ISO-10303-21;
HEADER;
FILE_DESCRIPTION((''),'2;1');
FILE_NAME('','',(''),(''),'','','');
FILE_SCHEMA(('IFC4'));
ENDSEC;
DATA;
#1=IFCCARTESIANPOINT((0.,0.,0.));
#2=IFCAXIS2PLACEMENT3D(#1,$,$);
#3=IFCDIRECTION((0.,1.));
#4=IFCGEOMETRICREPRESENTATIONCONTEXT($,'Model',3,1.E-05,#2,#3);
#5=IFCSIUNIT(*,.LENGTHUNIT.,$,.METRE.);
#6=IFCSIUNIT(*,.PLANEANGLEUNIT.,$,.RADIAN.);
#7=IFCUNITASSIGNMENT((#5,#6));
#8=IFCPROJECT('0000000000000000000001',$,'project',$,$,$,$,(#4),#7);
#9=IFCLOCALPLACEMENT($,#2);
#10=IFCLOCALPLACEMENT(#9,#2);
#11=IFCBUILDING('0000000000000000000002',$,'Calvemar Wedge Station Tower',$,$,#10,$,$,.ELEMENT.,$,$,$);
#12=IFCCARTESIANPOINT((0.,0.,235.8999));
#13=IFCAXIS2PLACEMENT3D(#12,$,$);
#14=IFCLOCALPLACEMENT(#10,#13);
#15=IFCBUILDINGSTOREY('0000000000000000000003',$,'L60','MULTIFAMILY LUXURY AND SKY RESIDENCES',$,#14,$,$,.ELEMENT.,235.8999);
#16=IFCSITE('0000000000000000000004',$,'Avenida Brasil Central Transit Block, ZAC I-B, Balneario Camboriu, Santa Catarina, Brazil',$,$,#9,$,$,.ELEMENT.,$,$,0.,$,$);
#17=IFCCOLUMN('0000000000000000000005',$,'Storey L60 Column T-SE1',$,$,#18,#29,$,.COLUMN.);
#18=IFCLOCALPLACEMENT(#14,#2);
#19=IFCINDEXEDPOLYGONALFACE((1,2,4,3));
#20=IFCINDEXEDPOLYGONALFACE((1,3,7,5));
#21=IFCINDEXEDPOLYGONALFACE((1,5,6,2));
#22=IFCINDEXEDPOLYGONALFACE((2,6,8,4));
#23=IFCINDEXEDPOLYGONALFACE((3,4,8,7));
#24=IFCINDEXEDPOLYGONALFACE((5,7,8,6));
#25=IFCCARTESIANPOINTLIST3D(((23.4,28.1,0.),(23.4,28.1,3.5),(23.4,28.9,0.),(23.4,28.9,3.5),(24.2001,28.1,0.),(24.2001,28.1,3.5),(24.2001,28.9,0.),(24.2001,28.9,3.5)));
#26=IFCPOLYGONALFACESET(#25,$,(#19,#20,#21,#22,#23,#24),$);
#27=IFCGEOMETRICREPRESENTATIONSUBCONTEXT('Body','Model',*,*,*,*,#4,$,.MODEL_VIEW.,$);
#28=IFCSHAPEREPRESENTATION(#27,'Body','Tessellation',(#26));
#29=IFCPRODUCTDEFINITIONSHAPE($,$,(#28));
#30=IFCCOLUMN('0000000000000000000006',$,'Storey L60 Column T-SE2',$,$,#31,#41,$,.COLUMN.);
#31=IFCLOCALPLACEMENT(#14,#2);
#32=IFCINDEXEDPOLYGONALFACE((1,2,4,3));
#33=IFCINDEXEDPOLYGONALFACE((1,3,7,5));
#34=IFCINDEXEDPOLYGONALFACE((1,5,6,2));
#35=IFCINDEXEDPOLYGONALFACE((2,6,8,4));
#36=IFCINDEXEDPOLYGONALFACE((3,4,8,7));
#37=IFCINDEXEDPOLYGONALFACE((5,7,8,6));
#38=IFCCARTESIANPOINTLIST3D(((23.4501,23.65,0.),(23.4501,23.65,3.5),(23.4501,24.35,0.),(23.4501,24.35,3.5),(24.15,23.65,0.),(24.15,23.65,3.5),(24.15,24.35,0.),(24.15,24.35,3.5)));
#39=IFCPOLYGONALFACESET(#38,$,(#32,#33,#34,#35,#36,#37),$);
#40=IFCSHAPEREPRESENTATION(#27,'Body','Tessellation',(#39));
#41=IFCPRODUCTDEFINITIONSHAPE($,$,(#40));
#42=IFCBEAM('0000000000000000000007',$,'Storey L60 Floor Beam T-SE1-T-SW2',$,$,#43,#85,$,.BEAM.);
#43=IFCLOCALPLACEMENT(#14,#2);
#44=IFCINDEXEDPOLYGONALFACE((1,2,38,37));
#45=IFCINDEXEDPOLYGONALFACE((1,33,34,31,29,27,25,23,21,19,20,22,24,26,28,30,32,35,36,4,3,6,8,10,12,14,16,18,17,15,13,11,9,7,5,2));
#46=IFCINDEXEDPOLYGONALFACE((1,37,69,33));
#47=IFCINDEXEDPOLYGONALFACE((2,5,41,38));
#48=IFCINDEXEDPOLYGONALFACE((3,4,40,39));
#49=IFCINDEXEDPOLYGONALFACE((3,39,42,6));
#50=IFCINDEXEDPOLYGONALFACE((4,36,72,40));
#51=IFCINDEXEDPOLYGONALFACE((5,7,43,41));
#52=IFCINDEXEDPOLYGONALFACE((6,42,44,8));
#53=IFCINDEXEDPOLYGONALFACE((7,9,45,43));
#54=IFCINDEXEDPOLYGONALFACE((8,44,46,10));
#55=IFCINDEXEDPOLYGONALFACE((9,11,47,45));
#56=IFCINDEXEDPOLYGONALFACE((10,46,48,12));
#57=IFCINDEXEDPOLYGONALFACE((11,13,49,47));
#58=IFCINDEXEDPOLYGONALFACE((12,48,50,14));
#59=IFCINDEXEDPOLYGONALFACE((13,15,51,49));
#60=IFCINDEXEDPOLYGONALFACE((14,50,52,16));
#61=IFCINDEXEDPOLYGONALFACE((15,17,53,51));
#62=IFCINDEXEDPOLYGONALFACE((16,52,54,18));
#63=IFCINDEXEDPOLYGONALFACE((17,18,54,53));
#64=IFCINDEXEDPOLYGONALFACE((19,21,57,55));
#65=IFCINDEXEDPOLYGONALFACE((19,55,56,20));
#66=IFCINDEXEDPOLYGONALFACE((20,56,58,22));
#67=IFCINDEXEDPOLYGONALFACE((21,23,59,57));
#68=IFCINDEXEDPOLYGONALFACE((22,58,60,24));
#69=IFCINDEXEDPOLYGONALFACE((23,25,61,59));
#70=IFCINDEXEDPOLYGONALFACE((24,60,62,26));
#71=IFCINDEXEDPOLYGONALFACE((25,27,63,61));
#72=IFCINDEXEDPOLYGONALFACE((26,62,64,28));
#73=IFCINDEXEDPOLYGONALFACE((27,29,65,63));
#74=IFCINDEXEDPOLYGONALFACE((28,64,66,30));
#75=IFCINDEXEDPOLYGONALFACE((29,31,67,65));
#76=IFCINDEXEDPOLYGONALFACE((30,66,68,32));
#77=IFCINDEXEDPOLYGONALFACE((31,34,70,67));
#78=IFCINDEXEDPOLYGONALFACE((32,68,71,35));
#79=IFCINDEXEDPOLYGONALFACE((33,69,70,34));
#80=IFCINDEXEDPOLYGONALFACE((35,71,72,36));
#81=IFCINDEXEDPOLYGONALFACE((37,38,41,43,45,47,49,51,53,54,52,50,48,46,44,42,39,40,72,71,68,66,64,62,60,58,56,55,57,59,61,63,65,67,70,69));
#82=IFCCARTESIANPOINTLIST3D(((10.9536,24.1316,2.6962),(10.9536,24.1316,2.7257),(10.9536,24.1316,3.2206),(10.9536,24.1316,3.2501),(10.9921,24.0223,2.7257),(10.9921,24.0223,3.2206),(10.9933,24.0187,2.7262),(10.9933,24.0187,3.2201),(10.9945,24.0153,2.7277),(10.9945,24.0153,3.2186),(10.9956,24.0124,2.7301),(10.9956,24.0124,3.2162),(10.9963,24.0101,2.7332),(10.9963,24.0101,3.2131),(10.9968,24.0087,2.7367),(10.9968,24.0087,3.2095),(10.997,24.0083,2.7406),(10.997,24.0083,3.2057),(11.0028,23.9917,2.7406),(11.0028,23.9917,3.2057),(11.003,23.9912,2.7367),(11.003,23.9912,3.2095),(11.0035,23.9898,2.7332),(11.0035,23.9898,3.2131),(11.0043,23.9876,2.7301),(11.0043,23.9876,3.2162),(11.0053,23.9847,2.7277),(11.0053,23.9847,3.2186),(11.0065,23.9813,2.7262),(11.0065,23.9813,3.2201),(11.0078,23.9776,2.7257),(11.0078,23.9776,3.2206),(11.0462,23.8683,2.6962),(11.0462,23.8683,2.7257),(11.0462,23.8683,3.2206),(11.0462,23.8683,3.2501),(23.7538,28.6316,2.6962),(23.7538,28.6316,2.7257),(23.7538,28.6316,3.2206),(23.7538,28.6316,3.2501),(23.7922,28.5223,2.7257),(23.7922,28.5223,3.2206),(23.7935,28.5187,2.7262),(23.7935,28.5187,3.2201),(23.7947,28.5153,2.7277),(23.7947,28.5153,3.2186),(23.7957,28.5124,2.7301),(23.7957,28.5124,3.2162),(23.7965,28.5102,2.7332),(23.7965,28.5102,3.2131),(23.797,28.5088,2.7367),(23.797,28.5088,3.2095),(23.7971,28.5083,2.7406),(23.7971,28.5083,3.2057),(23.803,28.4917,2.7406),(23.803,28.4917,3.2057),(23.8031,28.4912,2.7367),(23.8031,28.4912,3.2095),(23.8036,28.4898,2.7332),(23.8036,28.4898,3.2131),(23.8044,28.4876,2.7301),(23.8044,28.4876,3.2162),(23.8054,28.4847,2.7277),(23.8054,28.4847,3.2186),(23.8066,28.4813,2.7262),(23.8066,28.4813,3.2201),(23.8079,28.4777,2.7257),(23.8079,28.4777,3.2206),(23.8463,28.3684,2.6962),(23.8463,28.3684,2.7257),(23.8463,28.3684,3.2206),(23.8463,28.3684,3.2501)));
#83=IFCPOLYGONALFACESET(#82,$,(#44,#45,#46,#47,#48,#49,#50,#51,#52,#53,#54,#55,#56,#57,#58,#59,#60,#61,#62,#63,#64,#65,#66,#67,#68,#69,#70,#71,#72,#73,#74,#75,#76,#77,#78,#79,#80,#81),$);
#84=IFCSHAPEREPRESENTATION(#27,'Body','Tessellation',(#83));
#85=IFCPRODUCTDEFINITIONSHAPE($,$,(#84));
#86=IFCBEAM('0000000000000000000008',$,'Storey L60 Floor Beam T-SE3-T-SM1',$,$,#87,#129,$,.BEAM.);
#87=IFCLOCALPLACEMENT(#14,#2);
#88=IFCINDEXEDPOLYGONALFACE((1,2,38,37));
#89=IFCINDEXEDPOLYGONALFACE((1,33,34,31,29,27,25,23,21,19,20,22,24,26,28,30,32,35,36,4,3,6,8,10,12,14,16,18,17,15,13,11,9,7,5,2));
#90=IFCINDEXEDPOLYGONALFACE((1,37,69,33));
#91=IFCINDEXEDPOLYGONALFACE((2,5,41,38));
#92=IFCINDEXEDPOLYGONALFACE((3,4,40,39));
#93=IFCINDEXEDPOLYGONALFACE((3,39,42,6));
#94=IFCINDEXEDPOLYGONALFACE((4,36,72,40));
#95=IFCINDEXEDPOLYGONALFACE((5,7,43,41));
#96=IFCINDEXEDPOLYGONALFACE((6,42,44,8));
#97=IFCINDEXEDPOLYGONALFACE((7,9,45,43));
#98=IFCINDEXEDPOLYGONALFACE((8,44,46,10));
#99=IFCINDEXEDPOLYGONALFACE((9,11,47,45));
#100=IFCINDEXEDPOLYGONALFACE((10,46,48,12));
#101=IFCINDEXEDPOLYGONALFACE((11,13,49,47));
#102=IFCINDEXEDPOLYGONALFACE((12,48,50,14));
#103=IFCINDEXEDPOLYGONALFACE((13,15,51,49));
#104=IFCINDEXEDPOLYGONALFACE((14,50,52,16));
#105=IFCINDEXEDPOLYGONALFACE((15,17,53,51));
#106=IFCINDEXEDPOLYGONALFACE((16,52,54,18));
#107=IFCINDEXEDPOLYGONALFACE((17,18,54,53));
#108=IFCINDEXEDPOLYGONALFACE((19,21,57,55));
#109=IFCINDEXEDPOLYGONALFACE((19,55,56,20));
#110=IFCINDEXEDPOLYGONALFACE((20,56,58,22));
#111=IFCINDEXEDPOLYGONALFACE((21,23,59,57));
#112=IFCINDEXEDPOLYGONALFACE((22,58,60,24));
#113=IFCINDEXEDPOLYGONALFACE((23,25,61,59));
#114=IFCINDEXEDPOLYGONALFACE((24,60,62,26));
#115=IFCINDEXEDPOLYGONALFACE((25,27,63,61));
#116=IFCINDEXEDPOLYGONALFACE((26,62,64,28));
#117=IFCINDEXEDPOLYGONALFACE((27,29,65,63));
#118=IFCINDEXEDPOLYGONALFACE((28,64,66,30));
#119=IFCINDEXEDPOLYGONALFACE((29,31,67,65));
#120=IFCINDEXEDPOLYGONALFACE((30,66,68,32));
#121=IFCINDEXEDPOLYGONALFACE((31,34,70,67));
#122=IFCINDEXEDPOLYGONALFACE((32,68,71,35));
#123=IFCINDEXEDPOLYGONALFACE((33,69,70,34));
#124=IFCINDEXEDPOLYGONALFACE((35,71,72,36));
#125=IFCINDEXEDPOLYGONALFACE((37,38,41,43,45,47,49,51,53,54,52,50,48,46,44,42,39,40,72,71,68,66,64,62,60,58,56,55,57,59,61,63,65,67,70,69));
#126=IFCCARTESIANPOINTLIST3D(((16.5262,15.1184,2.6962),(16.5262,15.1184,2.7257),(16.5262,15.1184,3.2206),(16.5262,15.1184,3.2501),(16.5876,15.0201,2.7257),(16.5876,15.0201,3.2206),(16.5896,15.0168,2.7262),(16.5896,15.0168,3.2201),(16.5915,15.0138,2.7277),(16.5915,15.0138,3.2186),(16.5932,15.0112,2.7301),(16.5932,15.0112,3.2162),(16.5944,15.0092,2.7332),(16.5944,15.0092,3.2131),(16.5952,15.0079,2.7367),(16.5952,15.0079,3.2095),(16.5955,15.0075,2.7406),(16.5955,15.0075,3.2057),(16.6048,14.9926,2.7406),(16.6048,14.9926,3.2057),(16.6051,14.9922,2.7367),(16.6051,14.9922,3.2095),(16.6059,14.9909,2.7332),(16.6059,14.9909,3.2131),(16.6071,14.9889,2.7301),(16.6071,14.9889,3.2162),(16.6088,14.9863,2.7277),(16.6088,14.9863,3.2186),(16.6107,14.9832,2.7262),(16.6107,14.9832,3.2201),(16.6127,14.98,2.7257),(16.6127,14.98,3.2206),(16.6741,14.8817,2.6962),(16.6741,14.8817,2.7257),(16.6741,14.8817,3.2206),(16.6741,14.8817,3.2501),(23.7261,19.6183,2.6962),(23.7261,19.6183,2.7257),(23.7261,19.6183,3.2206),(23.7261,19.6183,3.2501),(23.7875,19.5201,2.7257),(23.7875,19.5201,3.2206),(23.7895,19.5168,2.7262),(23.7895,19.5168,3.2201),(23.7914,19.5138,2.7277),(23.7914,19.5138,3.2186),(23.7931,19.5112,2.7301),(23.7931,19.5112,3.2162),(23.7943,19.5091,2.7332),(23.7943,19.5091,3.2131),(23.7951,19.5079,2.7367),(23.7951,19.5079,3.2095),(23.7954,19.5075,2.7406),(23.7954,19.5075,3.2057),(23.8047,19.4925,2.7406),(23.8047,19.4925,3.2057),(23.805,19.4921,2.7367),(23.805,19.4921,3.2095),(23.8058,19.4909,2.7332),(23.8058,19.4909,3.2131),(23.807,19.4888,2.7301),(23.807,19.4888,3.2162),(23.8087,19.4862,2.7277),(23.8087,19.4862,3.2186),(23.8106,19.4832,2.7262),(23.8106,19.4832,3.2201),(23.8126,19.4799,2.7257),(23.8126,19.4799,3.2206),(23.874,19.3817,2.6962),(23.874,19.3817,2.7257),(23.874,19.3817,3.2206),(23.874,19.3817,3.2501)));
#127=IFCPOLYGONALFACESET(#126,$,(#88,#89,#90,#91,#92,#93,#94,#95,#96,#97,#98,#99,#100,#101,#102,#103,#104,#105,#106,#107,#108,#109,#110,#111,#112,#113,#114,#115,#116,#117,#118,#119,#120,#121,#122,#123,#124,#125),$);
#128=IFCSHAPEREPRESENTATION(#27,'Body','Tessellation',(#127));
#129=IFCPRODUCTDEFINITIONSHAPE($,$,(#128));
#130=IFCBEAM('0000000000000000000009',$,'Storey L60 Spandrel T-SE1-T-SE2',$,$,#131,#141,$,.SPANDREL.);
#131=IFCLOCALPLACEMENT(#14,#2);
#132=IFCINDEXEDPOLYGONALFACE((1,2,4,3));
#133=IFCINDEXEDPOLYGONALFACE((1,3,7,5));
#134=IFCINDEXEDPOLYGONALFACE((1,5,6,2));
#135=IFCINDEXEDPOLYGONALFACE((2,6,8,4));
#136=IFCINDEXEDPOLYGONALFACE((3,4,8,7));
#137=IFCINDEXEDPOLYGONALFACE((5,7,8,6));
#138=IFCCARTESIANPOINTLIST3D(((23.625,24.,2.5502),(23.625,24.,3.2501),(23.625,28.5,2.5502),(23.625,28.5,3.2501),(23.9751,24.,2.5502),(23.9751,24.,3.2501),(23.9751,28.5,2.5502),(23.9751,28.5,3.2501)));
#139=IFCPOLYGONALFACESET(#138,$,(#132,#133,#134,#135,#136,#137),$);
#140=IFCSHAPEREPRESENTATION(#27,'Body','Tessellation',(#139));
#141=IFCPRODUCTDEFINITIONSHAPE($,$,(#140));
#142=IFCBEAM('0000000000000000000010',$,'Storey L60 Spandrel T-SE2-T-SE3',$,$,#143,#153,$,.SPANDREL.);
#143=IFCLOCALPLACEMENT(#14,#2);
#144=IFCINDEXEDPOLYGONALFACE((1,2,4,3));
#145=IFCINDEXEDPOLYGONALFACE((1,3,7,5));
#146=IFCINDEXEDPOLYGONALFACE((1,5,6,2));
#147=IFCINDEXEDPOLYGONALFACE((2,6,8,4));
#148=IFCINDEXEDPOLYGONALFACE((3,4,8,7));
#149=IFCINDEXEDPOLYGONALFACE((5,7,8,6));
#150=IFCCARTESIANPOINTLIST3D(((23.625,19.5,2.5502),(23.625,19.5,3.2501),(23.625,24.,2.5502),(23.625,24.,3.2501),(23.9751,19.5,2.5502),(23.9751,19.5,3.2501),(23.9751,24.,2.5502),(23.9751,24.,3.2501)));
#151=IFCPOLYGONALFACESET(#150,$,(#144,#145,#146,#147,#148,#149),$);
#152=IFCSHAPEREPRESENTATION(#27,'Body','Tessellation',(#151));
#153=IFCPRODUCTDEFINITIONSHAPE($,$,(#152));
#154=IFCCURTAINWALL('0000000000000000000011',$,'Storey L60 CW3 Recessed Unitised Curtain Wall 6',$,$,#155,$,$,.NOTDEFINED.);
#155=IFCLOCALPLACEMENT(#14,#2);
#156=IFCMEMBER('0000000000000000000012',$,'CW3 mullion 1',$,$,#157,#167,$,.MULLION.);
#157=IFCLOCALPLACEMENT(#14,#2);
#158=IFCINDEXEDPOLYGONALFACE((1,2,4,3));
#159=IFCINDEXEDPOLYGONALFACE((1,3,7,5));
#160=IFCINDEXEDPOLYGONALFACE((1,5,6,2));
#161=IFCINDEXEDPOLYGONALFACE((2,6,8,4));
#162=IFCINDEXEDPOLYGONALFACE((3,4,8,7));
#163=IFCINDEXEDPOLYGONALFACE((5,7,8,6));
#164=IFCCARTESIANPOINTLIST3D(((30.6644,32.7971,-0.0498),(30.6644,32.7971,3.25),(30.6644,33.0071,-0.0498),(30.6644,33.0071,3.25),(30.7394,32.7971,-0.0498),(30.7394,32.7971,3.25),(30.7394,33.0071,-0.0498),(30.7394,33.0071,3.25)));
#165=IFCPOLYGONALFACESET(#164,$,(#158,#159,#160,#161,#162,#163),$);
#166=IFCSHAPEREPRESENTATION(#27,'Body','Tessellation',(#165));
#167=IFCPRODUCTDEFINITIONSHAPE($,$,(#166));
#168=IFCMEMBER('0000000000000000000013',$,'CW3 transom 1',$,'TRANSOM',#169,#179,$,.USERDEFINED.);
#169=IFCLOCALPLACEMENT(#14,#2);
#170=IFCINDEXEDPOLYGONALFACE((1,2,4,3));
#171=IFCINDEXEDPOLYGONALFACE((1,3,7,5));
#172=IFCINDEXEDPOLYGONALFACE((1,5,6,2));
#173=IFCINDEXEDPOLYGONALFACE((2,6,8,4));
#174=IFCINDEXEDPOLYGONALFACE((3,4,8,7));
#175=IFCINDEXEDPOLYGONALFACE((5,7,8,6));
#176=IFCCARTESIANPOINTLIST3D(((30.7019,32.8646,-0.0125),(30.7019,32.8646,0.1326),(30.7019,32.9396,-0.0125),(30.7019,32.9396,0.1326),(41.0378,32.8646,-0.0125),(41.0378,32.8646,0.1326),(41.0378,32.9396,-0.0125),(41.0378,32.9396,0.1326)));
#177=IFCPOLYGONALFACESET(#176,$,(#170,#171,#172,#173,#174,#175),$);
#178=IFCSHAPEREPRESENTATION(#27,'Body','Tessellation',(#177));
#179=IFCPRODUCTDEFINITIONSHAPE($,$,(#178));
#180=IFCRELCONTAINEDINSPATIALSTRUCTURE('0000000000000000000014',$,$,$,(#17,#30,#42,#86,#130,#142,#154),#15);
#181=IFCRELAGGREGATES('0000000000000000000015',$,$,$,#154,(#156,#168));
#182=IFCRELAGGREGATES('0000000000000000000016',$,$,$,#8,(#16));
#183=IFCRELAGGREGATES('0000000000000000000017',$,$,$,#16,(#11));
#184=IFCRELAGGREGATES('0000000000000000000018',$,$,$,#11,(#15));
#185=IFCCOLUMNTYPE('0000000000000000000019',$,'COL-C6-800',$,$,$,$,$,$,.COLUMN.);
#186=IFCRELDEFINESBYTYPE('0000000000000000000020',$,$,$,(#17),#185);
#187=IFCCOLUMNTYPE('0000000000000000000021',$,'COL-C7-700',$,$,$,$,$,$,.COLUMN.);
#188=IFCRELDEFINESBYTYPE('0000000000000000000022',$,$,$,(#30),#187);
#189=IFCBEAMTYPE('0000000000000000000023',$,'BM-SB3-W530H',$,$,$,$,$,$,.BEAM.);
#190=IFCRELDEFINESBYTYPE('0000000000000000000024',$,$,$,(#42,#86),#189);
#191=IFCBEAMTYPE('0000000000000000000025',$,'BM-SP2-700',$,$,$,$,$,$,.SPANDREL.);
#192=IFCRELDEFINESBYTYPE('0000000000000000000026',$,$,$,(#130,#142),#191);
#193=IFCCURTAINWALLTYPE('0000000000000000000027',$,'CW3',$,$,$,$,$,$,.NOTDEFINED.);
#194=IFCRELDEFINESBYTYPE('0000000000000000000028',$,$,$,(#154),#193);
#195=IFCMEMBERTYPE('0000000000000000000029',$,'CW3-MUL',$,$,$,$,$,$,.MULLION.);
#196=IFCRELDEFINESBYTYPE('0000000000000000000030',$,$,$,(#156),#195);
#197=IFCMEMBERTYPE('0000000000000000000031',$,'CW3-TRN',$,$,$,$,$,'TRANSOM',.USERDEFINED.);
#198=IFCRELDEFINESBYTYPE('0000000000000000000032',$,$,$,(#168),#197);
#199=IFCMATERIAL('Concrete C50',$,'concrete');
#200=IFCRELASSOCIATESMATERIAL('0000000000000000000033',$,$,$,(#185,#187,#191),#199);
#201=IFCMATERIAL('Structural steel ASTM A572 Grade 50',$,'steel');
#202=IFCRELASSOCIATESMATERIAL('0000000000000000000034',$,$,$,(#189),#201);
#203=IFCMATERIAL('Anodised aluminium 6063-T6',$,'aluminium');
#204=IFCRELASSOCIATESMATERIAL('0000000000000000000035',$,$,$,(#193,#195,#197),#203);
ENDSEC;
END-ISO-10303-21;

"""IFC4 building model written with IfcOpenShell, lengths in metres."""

from ifc_helpers import new_model, si_unit, direction, frame, origin, origin_2d, place, context, subcontext, project, spatial, rectangle, i_section, extrude, source, transform, mapped, material, material_profile, profile_set, type_object, element, aggregate, save


model = new_model("IFC4")

# Units and contexts
model_context = context("Model", 3, precision=1e-05, world=origin(), true_north=direction((0.0, 1.0)))
body_context = subcontext(model_context, "Body", "Model", "MODEL_VIEW")
ifc_project = project(units=[si_unit("LENGTHUNIT", "METRE"), si_unit("PLANEANGLEUNIT", "RADIAN")], contexts=[model_context])

# Site, building, storey
site_placement = place(None, origin())
site = spatial("IfcSite", under=ifc_project, at=site_placement, Name="Avenida Brasil Central Transit Block, ZAC I-B, Balneario Camboriu, Santa Catarina, Brazil", CompositionType="ELEMENT", RefElevation=0.0)
building_placement = place(site_placement, origin())
building = spatial("IfcBuilding", under=site, at=building_placement, Name="Calvemar Wedge Station Tower", CompositionType="ELEMENT")
storey_placement = place(building_placement, frame((0.0, 0.0, 235.8999)))
storey = spatial("IfcBuildingStorey", under=building, at=storey_placement, Name="L60", Description="MULTIFAMILY LUXURY AND SKY RESIDENCES", CompositionType="ELEMENT", Elevation=235.8999)

# Columns
ifc_material_1 = material(Name="Concrete C50", Category="concrete")
ifc_material_profile_1 = material_profile(ifc_material_1, rectangle(XDim=0.8, YDim=0.8, at=origin_2d()), Name="RC800x800")
ifc_profile_set_1 = profile_set([ifc_material_profile_1], Name="Concrete C50")
column_type_1 = type_object("IfcColumnType", Name="COL-C6-800", PredefinedType="COLUMN", material=ifc_profile_set_1)
shared_shape_1 = source(origin(), body_context, "Body", "SweptSolid", [
    extrude(rectangle(XDim=0.8, YDim=0.8, at=origin_2d()), origin(), (0.0, 0.0, 1.0), 3.5),
])
column_1_placement = place(storey_placement, frame((23.8, 28.5, 0.0), z_axis=(0.0, 0.0, 1.0), x_axis=(1.0, 0.0, 0.0)))
element("IfcColumn", 1, at=column_1_placement, inside=storey, type_object=column_type_1, Name="Storey L60 Column T-SE1", PredefinedType="COLUMN", context=body_context, shape_type="MappedRepresentation", body=[
    mapped(shared_shape_1, transform((0.0, 0.0, 0.0), scale=1.0)),
])
ifc_material_profile_2 = material_profile(ifc_material_1, rectangle(XDim=0.7, YDim=0.7, at=origin_2d()), Name="RC700x700")
ifc_profile_set_2 = profile_set([ifc_material_profile_2], Name="Concrete C50")
column_type_2 = type_object("IfcColumnType", Name="COL-C7-700", PredefinedType="COLUMN", material=ifc_profile_set_2)
shared_shape_2 = source(origin(), body_context, "Body", "SweptSolid", [
    extrude(rectangle(XDim=0.7, YDim=0.7, at=origin_2d()), origin(), (0.0, 0.0, 1.0), 3.5),
])
column_2_placement = place(storey_placement, frame((23.8, 24.0, 0.0), z_axis=(0.0, 0.0, 1.0), x_axis=(1.0, 0.0, 0.0)))
element("IfcColumn", 2, at=column_2_placement, inside=storey, type_object=column_type_2, Name="Storey L60 Column T-SE2", PredefinedType="COLUMN", context=body_context, shape_type="MappedRepresentation", body=[
    mapped(shared_shape_2, transform((0.0, 0.0, 0.0), scale=1.0)),
])

# Beams
ifc_material_2 = material(Name="Structural steel ASTM A572 Grade 50", Category="steel")
ifc_material_profile_3 = material_profile(ifc_material_2, i_section(OverallWidth=0.2791, OverallDepth=0.554, WebThickness=0.0176, FlangeThickness=0.0295, FilletRadius=0.0149, at=origin_2d()), Name="W530x196")
ifc_profile_set_3 = profile_set([ifc_material_profile_3], Name="Structural steel ASTM A572 Grade 50")
beam_type_1 = type_object("IfcBeamType", Name="BM-SB3-W530H", PredefinedType="BEAM", material=ifc_profile_set_3)
shared_shape_3 = source(origin(), body_context, "Body", "SweptSolid", [
    extrude(i_section(OverallWidth=0.2791, OverallDepth=0.554, WebThickness=0.0176, FlangeThickness=0.0295, FilletRadius=0.0149, at=origin_2d()), origin(), (0.0, 0.0, 1.0), 13.5681),
])
beam_1_placement = place(storey_placement, frame((23.8, 28.5, 2.9731), z_axis=(-0.943398, -0.331662, 0.0), x_axis=(0.331662, -0.943398, 0.0)))
element("IfcBeam", 3, at=beam_1_placement, inside=storey, type_object=beam_type_1, Name="Storey L60 Floor Beam T-SE1-T-SW2", PredefinedType="BEAM", context=body_context, shape_type="MappedRepresentation", body=[
    mapped(shared_shape_3, transform((0.0, 0.0, 0.0), scale=1.0)),
])
shared_shape_4 = source(origin(), body_context, "Body", "SweptSolid", [
    extrude(i_section(OverallWidth=0.2791, OverallDepth=0.554, WebThickness=0.0176, FlangeThickness=0.0295, FilletRadius=0.0149, at=origin_2d()), origin(), (0.0, 0.0, 1.0), 8.4905),
])
beam_2_placement = place(storey_placement, frame((23.8, 19.5, 2.9731), z_axis=(-0.847997, -0.530002, 0.0), x_axis=(0.530002, -0.847997, 0.0)))
element("IfcBeam", 4, at=beam_2_placement, inside=storey, type_object=beam_type_1, Name="Storey L60 Floor Beam T-SE3-T-SM1", PredefinedType="BEAM", context=body_context, shape_type="MappedRepresentation", body=[
    mapped(shared_shape_4, transform((0.0, 0.0, 0.0), scale=1.0)),
])
ifc_material_profile_4 = material_profile(ifc_material_1, rectangle(XDim=0.3501, YDim=0.7, at=origin_2d()), Name="RC350x700")
ifc_profile_set_4 = profile_set([ifc_material_profile_4], Name="Concrete C50")
beam_type_2 = type_object("IfcBeamType", Name="BM-SP2-700", PredefinedType="SPANDREL", material=ifc_profile_set_4)
shared_shape_5 = source(origin(), body_context, "Body", "SweptSolid", [
    extrude(rectangle(XDim=0.3501, YDim=0.7, at=origin_2d()), origin(), (0.0, 0.0, 1.0), 4.5),
])
for number, where, z_axis, x_axis, name in (
    (5, (23.8, 28.5, 2.9001), (0.0, -1.0, 0.0), (1.0, 0.0, 0.0), "Storey L60 Spandrel T-SE1-T-SE2"),
    (6, (23.8, 24.0, 2.9001), (0.0, -1.0, 0.0), (1.0, 0.0, 0.0), "Storey L60 Spandrel T-SE2-T-SE3"),
):
    element("IfcBeam", number, at=place(storey_placement, frame(where, z_axis=z_axis, x_axis=x_axis)), inside=storey, type_object=beam_type_2, Name=name, PredefinedType="SPANDREL", context=body_context, shape_type="MappedRepresentation", body=[
        mapped(shared_shape_5, transform((0.0, 0.0, 0.0), scale=1.0)),
    ])

# Curtain wall, members
ifc_material_3 = material(Name="Anodised aluminium 6063-T6", Category="aluminium")
curtain_wall_type = type_object("IfcCurtainWallType", Name="CW3", PredefinedType="NOTDEFINED", material=ifc_material_3)
curtain_wall_placement = place(storey_placement, origin())
curtain_wall = element("IfcCurtainWall", 7, at=curtain_wall_placement, inside=storey, type_object=curtain_wall_type, Name="Storey L60 CW3 Recessed Unitised Curtain Wall 6", PredefinedType="NOTDEFINED")
ifc_material_profile_5 = material_profile(ifc_material_3, rectangle(XDim=0.075, YDim=0.21, at=origin_2d()), Name="AL-MUL-75x210")
ifc_profile_set_5 = profile_set([ifc_material_profile_5], Name="Anodised aluminium 6063-T6")
member_type_1 = type_object("IfcMemberType", Name="CW3-MUL", PredefinedType="MULLION", material=ifc_profile_set_5)
shared_shape_6 = source(origin(), body_context, "Body", "SweptSolid", [
    extrude(rectangle(XDim=0.075, YDim=0.21, at=origin_2d()), origin(), (0.0, 0.0, 1.0), 3.2998),
])
member_1_placement = place(storey_placement, frame((30.7019, 32.9021, -0.0498), z_axis=(0.0, 0.0, 1.0), x_axis=(1.0, 0.0, 0.0)))
member_1 = element("IfcMember", 8, at=member_1_placement, type_object=member_type_1, Name="CW3 mullion 1", PredefinedType="MULLION", context=body_context, shape_type="MappedRepresentation", body=[
    mapped(shared_shape_6, transform((0.0, 0.0, 0.0), scale=1.0)),
])
ifc_material_profile_6 = material_profile(ifc_material_3, rectangle(XDim=0.075, YDim=0.145, at=origin_2d()), Name="AL-TRN-75x145")
ifc_profile_set_6 = profile_set([ifc_material_profile_6], Name="Anodised aluminium 6063-T6")
member_type_2 = type_object("IfcMemberType", Name="CW3-TRN", ElementType="TRANSOM", PredefinedType="USERDEFINED", material=ifc_profile_set_6)
shared_shape_7 = source(origin(), body_context, "Body", "SweptSolid", [
    extrude(rectangle(XDim=0.075, YDim=0.145, at=origin_2d()), origin(), (0.0, 0.0, 1.0), 10.3359),
])
member_2_placement = place(storey_placement, frame((30.7019, 32.9021, 0.0601), z_axis=(1.0, 0.0, 0.0), x_axis=(0.0, 1.0, 0.0)))
member_2 = element("IfcMember", 9, at=member_2_placement, type_object=member_type_2, Name="CW3 transom 1", ObjectType="TRANSOM", PredefinedType="USERDEFINED", context=body_context, shape_type="MappedRepresentation", body=[
    mapped(shared_shape_7, transform((0.0, 0.0, 0.0), scale=1.0)),
])
aggregate(curtain_wall, [member_1, member_2])

save(model, "model.ifc")
